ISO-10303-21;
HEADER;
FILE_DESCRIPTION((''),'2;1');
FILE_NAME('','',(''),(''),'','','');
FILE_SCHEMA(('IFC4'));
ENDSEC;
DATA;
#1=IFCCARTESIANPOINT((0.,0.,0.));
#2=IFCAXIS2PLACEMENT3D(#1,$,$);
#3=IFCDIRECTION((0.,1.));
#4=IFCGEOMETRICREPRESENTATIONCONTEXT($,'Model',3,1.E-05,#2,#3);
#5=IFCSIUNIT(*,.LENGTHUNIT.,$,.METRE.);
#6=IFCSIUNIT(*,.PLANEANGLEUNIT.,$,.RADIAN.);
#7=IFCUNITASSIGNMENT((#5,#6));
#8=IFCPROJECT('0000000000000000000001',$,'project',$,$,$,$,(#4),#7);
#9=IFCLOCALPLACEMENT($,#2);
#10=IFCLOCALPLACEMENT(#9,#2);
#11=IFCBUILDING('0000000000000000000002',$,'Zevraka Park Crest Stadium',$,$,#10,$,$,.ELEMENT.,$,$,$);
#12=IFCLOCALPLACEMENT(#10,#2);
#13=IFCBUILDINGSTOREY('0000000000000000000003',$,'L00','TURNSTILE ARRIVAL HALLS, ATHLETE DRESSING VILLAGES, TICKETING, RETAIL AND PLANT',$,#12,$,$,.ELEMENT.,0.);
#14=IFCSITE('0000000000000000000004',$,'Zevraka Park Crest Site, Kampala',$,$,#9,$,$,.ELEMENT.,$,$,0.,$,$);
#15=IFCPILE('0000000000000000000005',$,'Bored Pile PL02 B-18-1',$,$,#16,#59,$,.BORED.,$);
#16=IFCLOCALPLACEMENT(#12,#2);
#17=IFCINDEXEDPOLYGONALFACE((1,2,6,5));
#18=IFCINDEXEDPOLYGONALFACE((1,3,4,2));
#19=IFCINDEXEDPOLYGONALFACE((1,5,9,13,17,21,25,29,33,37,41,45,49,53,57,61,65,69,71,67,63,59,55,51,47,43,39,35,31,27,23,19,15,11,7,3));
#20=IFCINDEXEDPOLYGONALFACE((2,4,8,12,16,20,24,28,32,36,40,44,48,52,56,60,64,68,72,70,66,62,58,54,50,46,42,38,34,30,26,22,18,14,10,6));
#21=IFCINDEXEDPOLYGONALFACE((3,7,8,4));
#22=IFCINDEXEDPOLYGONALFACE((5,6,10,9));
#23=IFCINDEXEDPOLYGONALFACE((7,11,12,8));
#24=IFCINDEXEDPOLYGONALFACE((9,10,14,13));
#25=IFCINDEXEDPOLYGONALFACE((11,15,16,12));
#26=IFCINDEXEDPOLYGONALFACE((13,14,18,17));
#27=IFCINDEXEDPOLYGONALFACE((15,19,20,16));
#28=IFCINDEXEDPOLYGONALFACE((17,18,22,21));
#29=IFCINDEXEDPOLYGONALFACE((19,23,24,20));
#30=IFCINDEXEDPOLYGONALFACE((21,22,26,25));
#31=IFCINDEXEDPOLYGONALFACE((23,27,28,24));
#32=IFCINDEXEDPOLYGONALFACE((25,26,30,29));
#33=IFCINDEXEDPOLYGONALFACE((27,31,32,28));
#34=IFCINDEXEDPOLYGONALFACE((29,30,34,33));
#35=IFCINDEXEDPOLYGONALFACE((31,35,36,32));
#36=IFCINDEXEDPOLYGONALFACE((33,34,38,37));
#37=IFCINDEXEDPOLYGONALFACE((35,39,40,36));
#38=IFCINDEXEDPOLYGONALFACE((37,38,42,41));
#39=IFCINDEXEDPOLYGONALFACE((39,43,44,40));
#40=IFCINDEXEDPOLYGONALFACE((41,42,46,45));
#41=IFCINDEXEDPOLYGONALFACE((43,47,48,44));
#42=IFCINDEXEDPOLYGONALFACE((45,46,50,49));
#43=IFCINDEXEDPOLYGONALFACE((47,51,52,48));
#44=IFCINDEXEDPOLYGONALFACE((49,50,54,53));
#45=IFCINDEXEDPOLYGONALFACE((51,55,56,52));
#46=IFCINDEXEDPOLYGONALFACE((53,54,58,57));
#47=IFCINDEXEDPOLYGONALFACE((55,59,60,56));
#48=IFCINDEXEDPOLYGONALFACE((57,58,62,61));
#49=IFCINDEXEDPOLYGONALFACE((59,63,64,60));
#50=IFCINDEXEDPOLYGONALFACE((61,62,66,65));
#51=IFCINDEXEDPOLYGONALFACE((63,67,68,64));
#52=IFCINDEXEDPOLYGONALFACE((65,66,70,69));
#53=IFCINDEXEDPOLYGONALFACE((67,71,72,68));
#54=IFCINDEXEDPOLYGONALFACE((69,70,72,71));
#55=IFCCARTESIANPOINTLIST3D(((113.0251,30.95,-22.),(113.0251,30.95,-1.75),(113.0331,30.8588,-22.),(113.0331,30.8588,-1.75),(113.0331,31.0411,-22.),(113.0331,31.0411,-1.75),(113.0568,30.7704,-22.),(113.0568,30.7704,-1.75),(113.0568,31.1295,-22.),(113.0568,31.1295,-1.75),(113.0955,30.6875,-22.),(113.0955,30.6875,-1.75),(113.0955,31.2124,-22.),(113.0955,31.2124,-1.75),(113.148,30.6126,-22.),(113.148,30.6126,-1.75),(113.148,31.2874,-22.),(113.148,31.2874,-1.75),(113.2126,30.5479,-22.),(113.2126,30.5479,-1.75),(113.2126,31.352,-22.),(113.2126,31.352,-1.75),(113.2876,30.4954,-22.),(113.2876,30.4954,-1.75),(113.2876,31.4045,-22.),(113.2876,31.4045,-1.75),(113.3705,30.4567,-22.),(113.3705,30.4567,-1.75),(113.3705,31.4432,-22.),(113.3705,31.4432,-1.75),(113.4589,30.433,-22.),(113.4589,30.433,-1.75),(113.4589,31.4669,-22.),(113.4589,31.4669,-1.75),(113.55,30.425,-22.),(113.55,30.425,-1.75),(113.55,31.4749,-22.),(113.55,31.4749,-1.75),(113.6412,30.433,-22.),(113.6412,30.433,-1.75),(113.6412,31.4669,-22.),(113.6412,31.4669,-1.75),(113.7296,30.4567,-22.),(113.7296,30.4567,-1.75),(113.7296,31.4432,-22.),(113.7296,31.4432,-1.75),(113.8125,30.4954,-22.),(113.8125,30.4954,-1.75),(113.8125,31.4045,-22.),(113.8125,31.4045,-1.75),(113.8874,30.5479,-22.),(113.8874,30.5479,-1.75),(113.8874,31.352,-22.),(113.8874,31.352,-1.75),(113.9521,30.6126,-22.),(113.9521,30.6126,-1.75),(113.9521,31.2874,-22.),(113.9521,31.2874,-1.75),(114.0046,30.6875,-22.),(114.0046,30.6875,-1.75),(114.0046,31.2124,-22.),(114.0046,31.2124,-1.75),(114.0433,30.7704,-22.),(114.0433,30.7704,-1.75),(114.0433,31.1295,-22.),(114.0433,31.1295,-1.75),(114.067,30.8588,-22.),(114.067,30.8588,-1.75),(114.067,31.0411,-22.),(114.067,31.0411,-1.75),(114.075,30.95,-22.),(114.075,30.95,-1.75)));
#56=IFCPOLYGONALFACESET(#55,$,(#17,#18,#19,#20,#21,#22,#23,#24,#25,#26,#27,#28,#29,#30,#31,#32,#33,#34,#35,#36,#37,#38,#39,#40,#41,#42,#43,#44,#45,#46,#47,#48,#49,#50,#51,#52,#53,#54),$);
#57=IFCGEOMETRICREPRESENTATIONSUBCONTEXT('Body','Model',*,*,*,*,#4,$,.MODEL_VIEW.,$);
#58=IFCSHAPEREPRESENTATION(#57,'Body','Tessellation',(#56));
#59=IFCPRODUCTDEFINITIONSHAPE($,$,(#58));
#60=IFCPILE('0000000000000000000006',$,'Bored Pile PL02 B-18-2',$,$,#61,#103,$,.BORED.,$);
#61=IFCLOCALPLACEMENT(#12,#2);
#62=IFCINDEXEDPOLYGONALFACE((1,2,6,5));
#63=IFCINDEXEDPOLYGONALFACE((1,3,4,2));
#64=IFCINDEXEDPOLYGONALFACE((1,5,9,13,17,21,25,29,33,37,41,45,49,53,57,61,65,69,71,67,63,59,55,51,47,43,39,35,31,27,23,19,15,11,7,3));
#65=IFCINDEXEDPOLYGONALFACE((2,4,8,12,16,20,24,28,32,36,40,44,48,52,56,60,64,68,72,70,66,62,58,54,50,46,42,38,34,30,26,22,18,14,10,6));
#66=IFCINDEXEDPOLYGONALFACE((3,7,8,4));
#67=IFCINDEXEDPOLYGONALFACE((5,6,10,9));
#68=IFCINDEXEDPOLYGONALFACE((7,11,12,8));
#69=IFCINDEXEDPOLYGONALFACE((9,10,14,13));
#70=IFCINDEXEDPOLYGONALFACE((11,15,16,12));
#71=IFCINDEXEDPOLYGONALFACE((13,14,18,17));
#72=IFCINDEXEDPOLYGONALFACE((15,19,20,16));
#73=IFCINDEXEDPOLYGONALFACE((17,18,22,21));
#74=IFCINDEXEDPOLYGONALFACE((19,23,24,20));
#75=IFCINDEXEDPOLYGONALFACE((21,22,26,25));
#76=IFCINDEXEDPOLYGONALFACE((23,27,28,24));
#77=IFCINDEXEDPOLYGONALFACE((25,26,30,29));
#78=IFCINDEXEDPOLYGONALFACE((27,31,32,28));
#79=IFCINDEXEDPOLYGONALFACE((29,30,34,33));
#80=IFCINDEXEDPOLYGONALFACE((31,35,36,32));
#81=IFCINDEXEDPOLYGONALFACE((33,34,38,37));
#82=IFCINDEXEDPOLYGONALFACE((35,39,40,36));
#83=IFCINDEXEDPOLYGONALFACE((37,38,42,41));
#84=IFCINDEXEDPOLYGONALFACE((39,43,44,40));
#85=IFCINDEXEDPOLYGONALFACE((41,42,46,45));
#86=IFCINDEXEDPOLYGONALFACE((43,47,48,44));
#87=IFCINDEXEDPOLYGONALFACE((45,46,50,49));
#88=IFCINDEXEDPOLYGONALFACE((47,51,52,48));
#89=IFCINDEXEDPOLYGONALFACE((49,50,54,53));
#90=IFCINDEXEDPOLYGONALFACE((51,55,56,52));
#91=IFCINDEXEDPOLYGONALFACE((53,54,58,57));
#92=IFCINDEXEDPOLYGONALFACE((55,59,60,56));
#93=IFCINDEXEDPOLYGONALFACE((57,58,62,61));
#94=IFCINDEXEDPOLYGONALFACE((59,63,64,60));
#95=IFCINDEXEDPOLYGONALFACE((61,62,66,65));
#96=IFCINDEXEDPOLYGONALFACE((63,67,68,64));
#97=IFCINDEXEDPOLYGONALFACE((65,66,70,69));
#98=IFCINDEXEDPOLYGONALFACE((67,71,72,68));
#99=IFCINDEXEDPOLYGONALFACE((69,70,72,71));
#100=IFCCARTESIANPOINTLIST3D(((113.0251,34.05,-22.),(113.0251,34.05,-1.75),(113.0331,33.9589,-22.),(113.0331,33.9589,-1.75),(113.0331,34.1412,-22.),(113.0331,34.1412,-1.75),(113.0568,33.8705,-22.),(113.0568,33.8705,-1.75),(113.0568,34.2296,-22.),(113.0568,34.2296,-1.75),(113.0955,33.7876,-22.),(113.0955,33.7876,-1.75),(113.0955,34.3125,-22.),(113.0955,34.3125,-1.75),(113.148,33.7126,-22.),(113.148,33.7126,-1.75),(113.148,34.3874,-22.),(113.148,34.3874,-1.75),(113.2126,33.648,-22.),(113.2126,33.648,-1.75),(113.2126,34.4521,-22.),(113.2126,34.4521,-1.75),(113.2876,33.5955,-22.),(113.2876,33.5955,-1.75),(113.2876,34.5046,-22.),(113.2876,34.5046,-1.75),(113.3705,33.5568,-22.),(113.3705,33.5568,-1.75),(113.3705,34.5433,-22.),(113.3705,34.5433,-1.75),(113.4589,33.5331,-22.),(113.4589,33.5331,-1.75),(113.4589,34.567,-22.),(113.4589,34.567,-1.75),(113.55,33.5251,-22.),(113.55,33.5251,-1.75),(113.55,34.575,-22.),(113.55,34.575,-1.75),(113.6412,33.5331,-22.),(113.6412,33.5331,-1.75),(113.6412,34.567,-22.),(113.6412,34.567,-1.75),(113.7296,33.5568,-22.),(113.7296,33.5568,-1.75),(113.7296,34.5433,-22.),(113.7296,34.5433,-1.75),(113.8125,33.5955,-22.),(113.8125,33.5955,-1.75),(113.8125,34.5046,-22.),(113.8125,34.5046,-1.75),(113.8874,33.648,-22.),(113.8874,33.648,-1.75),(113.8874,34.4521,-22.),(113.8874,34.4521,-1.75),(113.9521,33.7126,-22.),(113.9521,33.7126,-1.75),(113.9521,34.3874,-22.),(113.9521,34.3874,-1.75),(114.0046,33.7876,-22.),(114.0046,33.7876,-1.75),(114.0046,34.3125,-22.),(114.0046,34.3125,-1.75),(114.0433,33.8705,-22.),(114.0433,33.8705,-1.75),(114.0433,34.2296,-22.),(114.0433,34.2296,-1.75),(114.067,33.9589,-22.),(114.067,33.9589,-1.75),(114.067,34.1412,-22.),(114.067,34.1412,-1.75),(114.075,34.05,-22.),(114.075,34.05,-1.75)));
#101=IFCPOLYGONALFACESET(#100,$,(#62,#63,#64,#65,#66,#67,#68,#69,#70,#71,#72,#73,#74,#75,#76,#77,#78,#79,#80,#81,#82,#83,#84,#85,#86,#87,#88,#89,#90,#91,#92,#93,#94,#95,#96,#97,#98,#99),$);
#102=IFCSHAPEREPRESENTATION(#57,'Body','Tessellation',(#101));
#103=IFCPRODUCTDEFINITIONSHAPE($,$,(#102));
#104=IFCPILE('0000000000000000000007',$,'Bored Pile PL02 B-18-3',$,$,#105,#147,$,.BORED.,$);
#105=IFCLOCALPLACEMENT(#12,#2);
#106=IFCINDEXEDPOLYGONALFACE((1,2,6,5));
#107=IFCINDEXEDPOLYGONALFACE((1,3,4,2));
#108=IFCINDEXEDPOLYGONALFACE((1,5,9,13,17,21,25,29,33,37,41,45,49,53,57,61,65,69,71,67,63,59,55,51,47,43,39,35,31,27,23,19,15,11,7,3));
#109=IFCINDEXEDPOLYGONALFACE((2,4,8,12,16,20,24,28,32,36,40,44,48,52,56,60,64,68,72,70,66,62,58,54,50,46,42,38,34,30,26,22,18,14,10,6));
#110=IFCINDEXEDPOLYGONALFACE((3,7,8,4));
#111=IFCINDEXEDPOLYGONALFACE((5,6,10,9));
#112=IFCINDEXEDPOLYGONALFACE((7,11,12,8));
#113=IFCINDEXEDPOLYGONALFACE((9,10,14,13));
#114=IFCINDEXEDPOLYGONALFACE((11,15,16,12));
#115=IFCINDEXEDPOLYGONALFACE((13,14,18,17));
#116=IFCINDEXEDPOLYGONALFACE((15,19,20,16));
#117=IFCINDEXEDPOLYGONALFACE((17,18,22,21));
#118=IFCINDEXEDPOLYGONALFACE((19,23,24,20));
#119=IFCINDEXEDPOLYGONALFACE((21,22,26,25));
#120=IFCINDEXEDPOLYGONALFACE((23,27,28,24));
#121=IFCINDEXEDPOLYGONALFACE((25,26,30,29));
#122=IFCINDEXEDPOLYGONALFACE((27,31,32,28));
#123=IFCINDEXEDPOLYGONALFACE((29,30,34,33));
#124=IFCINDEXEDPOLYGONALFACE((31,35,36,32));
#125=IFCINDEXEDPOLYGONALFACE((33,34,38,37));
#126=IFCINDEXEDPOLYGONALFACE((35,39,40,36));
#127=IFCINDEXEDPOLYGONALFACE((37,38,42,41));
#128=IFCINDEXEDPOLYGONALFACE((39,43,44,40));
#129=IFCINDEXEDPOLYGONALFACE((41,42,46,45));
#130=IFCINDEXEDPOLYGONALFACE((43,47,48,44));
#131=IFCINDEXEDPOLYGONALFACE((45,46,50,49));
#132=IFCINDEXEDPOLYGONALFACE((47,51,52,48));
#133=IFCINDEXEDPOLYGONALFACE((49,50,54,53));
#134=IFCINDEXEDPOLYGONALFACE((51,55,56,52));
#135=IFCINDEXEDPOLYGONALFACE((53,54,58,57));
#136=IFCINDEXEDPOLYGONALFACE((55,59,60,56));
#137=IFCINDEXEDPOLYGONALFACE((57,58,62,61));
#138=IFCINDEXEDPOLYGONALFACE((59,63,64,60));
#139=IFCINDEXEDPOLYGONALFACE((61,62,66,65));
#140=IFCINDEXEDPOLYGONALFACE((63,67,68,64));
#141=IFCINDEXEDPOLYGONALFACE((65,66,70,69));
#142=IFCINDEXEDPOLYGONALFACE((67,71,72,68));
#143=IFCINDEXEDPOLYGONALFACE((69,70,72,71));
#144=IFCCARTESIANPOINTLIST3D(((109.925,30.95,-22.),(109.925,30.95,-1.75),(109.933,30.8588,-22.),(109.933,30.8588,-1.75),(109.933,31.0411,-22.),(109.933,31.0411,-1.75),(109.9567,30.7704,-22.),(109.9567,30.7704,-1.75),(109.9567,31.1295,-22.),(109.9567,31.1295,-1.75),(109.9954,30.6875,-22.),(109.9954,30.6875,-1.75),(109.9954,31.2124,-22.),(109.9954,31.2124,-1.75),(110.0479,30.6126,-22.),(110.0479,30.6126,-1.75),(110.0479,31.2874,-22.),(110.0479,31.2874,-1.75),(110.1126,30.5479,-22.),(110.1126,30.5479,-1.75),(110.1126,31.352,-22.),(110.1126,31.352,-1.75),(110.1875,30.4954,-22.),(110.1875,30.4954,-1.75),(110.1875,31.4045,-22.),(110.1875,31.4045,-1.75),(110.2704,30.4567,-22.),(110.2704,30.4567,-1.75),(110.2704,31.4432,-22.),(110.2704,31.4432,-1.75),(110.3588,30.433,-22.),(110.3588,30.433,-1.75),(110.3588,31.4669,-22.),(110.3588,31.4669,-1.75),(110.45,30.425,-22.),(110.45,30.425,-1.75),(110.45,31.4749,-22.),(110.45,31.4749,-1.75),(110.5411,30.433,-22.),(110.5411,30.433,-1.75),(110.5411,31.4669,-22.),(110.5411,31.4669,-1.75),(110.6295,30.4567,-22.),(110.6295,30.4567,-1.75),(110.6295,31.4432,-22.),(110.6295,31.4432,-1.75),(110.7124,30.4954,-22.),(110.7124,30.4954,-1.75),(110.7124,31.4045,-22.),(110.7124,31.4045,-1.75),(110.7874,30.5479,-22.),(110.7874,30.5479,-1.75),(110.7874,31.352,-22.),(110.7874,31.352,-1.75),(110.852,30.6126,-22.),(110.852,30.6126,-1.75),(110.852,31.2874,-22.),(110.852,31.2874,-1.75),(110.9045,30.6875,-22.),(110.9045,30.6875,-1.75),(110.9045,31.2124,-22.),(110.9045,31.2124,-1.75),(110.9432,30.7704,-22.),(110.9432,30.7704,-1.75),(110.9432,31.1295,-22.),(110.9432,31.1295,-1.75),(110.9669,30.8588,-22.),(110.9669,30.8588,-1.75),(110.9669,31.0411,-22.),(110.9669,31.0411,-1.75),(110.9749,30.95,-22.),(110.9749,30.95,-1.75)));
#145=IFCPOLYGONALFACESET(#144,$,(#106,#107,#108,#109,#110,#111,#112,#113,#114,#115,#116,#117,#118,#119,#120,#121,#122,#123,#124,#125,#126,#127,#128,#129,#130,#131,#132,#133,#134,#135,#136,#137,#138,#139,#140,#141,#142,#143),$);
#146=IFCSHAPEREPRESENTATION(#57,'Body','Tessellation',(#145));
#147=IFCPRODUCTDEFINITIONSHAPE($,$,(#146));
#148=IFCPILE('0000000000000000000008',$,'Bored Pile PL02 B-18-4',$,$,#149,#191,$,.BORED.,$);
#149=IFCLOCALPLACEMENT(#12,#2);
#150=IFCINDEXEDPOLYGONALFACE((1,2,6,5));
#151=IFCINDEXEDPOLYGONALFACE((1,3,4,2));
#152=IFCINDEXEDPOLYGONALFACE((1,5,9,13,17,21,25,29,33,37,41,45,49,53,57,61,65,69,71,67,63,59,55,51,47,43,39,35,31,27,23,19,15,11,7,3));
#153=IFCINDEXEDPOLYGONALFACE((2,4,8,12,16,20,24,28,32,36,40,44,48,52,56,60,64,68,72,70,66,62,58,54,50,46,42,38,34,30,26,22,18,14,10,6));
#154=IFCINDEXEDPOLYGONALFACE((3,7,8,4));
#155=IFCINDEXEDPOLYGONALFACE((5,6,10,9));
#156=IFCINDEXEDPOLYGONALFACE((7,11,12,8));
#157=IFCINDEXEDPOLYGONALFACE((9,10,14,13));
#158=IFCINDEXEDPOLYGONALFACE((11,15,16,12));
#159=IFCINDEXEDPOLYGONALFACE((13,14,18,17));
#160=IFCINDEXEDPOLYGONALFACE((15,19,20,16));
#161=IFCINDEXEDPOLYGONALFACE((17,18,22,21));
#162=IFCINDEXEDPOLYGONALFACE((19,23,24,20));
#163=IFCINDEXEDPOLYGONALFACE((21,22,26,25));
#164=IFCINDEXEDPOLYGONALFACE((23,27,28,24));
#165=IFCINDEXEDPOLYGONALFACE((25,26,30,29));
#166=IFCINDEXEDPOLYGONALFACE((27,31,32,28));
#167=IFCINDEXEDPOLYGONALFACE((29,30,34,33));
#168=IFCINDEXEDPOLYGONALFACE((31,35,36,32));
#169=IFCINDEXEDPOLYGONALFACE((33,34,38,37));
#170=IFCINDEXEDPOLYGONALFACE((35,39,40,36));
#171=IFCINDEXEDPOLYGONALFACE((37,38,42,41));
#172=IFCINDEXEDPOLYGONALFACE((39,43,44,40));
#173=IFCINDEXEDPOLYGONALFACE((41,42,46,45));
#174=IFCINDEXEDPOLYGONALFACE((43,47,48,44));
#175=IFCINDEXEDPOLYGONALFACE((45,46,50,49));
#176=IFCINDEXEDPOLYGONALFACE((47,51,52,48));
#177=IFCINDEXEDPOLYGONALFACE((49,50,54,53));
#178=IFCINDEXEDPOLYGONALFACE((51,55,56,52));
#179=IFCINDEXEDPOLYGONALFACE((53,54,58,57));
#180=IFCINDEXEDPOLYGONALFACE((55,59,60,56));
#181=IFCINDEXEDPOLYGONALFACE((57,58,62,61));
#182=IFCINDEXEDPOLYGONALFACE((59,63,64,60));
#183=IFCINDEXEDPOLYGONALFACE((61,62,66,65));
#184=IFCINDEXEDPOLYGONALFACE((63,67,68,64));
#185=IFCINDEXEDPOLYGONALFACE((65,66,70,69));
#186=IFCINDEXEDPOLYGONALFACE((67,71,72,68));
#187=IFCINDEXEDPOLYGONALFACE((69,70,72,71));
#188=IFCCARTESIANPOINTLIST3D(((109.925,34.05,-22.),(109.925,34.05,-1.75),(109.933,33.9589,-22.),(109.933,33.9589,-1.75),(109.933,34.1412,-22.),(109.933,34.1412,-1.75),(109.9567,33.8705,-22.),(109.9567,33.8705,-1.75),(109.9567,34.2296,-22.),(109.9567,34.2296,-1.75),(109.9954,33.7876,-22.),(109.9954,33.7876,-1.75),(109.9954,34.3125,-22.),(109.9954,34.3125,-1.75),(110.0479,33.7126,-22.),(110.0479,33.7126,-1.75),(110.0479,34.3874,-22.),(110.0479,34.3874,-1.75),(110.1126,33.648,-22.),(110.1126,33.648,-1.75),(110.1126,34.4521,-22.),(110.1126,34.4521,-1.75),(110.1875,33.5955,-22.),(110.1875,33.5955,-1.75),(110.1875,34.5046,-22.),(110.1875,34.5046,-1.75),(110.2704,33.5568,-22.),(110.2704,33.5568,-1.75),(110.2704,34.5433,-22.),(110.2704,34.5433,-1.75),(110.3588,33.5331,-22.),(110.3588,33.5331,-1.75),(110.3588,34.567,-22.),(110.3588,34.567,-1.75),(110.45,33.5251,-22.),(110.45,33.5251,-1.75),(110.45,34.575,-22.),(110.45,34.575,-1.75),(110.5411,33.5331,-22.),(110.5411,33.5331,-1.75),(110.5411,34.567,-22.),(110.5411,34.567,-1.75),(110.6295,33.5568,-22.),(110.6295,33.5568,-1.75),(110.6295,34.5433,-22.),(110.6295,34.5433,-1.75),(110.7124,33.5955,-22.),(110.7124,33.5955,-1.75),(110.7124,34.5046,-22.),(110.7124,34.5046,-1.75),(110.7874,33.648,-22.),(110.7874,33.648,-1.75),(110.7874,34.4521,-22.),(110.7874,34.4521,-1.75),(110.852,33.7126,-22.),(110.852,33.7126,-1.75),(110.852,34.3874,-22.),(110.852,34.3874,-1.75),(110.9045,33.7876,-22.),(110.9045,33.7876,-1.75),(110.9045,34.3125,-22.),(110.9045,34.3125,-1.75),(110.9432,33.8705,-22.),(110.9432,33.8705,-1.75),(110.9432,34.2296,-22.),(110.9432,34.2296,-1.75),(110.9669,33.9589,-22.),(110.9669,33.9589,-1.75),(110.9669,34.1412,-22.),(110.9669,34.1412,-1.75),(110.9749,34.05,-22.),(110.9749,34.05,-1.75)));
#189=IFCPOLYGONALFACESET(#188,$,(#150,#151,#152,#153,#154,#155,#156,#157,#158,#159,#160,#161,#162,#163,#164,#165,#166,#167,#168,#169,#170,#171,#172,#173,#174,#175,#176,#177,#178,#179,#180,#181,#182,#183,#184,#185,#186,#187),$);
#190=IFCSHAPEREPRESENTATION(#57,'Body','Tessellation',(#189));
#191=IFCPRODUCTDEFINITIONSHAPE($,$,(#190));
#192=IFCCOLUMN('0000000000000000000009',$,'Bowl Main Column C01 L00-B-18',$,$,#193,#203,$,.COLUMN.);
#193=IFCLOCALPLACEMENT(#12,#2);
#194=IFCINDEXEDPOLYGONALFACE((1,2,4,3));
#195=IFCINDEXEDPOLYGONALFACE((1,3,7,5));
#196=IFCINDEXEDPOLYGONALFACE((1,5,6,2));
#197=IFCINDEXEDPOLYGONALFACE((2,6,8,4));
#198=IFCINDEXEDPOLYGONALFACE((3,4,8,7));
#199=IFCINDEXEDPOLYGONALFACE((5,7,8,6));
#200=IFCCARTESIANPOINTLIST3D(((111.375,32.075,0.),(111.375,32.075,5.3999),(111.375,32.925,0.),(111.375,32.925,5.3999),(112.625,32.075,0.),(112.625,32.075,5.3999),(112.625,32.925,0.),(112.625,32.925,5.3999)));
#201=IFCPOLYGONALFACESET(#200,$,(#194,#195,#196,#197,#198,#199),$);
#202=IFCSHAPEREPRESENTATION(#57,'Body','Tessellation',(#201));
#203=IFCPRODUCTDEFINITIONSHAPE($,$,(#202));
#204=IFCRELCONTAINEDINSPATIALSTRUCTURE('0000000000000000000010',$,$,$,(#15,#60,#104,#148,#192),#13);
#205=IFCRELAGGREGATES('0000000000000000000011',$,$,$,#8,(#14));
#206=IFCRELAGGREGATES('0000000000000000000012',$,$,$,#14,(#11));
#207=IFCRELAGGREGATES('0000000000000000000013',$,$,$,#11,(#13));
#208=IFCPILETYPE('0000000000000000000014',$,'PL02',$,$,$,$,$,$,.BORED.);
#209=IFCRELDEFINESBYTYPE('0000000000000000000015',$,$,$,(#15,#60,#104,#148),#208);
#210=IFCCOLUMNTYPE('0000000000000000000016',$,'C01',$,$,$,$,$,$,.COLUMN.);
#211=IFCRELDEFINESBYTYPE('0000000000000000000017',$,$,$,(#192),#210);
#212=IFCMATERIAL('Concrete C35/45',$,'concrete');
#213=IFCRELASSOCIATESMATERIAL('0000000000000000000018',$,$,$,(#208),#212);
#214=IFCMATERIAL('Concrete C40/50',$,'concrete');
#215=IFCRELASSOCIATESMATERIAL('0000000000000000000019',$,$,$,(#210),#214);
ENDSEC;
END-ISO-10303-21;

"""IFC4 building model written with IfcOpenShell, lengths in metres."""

from ifc_helpers import new_model, si_unit, direction, frame, origin, origin_2d, place, context, subcontext, project, spatial, rectangle, circle, extrude, material, material_profile, profile_set, type_object, element, save


model = new_model("IFC4")

# Units and contexts
model_context = context("Model", 3, precision=1e-05, world=origin(), true_north=direction((0.0, 1.0)))
body_context = subcontext(model_context, "Body", "Model", "MODEL_VIEW")
ifc_project = project(units=[si_unit("LENGTHUNIT", "METRE"), si_unit("PLANEANGLEUNIT", "RADIAN")], contexts=[model_context])

# Site, building, storey
site_placement = place(None, origin())
site = spatial("IfcSite", under=ifc_project, at=site_placement, Name="Zevraka Park Crest Site, Kampala", CompositionType="ELEMENT", RefElevation=0.0)
building_placement = place(site_placement, origin())
building = spatial("IfcBuilding", under=site, at=building_placement, Name="Zevraka Park Crest Stadium", CompositionType="ELEMENT")
storey_placement = place(building_placement, origin())
storey = spatial("IfcBuildingStorey", under=building, at=storey_placement, Name="L00", Description="TURNSTILE ARRIVAL HALLS, ATHLETE DRESSING VILLAGES, TICKETING, RETAIL AND PLANT", CompositionType="ELEMENT", Elevation=0.0)

# Piles
ifc_material_1 = material(Name="Concrete C35/45", Category="concrete")
ifc_material_profile_1 = material_profile(ifc_material_1, circle(Radius=0.5249, at=origin_2d()), Name="PILE D1050")
ifc_profile_set_1 = profile_set([ifc_material_profile_1], Name="Concrete C35/45")
pile_type_1 = type_object("IfcPileType", Name="PL02", PredefinedType="BORED", material=ifc_profile_set_1)
for number, where, z_axis, x_axis, name in (
    (1, (113.55, 30.95, -1.75), (0.0, 0.0, -1.0), (1.0, 0.0, 0.0), "Bored Pile PL02 B-18-1"),
    (2, (113.55, 34.05, -1.75), (0.0, 0.0, -1.0), (1.0, 0.0, 0.0), "Bored Pile PL02 B-18-2"),
    (3, (110.45, 30.95, -1.75), (0.0, 0.0, -1.0), (1.0, 0.0, 0.0), "Bored Pile PL02 B-18-3"),
    (4, (110.45, 34.05, -1.75), (0.0, 0.0, -1.0), (1.0, 0.0, 0.0), "Bored Pile PL02 B-18-4"),
):
    element("IfcPile", number, at=place(storey_placement, frame(where, z_axis=z_axis, x_axis=x_axis)), inside=storey, type_object=pile_type_1, Name=name, PredefinedType="BORED", context=body_context, shape_type="SweptSolid", body=[
        extrude(circle(Radius=0.5249, at=origin_2d()), origin(), (0.0, 0.0, 1.0), 20.25),
    ])

# Column
ifc_material_2 = material(Name="Concrete C40/50", Category="concrete")
ifc_material_profile_2 = material_profile(ifc_material_2, rectangle(XDim=0.8501, YDim=1.25, at=origin_2d()), Name="RC 1250x850")
ifc_profile_set_2 = profile_set([ifc_material_profile_2], Name="Concrete C40/50")
column_type_1 = type_object("IfcColumnType", Name="C01", PredefinedType="COLUMN", material=ifc_profile_set_2)
column_1_placement = place(storey_placement, frame((112.0, 32.5, 0.0), z_axis=(0.0, 0.0, 1.0), x_axis=(0.0, 1.0, 0.0)))
element("IfcColumn", 5, at=column_1_placement, inside=storey, type_object=column_type_1, Name="Bowl Main Column C01 L00-B-18", PredefinedType="COLUMN", context=body_context, shape_type="SweptSolid", body=[
    extrude(rectangle(XDim=0.8501, YDim=1.25, at=origin_2d()), origin(), (0.0, 0.0, 1.0), 5.3999),
])

save(model, "model.ifc")
